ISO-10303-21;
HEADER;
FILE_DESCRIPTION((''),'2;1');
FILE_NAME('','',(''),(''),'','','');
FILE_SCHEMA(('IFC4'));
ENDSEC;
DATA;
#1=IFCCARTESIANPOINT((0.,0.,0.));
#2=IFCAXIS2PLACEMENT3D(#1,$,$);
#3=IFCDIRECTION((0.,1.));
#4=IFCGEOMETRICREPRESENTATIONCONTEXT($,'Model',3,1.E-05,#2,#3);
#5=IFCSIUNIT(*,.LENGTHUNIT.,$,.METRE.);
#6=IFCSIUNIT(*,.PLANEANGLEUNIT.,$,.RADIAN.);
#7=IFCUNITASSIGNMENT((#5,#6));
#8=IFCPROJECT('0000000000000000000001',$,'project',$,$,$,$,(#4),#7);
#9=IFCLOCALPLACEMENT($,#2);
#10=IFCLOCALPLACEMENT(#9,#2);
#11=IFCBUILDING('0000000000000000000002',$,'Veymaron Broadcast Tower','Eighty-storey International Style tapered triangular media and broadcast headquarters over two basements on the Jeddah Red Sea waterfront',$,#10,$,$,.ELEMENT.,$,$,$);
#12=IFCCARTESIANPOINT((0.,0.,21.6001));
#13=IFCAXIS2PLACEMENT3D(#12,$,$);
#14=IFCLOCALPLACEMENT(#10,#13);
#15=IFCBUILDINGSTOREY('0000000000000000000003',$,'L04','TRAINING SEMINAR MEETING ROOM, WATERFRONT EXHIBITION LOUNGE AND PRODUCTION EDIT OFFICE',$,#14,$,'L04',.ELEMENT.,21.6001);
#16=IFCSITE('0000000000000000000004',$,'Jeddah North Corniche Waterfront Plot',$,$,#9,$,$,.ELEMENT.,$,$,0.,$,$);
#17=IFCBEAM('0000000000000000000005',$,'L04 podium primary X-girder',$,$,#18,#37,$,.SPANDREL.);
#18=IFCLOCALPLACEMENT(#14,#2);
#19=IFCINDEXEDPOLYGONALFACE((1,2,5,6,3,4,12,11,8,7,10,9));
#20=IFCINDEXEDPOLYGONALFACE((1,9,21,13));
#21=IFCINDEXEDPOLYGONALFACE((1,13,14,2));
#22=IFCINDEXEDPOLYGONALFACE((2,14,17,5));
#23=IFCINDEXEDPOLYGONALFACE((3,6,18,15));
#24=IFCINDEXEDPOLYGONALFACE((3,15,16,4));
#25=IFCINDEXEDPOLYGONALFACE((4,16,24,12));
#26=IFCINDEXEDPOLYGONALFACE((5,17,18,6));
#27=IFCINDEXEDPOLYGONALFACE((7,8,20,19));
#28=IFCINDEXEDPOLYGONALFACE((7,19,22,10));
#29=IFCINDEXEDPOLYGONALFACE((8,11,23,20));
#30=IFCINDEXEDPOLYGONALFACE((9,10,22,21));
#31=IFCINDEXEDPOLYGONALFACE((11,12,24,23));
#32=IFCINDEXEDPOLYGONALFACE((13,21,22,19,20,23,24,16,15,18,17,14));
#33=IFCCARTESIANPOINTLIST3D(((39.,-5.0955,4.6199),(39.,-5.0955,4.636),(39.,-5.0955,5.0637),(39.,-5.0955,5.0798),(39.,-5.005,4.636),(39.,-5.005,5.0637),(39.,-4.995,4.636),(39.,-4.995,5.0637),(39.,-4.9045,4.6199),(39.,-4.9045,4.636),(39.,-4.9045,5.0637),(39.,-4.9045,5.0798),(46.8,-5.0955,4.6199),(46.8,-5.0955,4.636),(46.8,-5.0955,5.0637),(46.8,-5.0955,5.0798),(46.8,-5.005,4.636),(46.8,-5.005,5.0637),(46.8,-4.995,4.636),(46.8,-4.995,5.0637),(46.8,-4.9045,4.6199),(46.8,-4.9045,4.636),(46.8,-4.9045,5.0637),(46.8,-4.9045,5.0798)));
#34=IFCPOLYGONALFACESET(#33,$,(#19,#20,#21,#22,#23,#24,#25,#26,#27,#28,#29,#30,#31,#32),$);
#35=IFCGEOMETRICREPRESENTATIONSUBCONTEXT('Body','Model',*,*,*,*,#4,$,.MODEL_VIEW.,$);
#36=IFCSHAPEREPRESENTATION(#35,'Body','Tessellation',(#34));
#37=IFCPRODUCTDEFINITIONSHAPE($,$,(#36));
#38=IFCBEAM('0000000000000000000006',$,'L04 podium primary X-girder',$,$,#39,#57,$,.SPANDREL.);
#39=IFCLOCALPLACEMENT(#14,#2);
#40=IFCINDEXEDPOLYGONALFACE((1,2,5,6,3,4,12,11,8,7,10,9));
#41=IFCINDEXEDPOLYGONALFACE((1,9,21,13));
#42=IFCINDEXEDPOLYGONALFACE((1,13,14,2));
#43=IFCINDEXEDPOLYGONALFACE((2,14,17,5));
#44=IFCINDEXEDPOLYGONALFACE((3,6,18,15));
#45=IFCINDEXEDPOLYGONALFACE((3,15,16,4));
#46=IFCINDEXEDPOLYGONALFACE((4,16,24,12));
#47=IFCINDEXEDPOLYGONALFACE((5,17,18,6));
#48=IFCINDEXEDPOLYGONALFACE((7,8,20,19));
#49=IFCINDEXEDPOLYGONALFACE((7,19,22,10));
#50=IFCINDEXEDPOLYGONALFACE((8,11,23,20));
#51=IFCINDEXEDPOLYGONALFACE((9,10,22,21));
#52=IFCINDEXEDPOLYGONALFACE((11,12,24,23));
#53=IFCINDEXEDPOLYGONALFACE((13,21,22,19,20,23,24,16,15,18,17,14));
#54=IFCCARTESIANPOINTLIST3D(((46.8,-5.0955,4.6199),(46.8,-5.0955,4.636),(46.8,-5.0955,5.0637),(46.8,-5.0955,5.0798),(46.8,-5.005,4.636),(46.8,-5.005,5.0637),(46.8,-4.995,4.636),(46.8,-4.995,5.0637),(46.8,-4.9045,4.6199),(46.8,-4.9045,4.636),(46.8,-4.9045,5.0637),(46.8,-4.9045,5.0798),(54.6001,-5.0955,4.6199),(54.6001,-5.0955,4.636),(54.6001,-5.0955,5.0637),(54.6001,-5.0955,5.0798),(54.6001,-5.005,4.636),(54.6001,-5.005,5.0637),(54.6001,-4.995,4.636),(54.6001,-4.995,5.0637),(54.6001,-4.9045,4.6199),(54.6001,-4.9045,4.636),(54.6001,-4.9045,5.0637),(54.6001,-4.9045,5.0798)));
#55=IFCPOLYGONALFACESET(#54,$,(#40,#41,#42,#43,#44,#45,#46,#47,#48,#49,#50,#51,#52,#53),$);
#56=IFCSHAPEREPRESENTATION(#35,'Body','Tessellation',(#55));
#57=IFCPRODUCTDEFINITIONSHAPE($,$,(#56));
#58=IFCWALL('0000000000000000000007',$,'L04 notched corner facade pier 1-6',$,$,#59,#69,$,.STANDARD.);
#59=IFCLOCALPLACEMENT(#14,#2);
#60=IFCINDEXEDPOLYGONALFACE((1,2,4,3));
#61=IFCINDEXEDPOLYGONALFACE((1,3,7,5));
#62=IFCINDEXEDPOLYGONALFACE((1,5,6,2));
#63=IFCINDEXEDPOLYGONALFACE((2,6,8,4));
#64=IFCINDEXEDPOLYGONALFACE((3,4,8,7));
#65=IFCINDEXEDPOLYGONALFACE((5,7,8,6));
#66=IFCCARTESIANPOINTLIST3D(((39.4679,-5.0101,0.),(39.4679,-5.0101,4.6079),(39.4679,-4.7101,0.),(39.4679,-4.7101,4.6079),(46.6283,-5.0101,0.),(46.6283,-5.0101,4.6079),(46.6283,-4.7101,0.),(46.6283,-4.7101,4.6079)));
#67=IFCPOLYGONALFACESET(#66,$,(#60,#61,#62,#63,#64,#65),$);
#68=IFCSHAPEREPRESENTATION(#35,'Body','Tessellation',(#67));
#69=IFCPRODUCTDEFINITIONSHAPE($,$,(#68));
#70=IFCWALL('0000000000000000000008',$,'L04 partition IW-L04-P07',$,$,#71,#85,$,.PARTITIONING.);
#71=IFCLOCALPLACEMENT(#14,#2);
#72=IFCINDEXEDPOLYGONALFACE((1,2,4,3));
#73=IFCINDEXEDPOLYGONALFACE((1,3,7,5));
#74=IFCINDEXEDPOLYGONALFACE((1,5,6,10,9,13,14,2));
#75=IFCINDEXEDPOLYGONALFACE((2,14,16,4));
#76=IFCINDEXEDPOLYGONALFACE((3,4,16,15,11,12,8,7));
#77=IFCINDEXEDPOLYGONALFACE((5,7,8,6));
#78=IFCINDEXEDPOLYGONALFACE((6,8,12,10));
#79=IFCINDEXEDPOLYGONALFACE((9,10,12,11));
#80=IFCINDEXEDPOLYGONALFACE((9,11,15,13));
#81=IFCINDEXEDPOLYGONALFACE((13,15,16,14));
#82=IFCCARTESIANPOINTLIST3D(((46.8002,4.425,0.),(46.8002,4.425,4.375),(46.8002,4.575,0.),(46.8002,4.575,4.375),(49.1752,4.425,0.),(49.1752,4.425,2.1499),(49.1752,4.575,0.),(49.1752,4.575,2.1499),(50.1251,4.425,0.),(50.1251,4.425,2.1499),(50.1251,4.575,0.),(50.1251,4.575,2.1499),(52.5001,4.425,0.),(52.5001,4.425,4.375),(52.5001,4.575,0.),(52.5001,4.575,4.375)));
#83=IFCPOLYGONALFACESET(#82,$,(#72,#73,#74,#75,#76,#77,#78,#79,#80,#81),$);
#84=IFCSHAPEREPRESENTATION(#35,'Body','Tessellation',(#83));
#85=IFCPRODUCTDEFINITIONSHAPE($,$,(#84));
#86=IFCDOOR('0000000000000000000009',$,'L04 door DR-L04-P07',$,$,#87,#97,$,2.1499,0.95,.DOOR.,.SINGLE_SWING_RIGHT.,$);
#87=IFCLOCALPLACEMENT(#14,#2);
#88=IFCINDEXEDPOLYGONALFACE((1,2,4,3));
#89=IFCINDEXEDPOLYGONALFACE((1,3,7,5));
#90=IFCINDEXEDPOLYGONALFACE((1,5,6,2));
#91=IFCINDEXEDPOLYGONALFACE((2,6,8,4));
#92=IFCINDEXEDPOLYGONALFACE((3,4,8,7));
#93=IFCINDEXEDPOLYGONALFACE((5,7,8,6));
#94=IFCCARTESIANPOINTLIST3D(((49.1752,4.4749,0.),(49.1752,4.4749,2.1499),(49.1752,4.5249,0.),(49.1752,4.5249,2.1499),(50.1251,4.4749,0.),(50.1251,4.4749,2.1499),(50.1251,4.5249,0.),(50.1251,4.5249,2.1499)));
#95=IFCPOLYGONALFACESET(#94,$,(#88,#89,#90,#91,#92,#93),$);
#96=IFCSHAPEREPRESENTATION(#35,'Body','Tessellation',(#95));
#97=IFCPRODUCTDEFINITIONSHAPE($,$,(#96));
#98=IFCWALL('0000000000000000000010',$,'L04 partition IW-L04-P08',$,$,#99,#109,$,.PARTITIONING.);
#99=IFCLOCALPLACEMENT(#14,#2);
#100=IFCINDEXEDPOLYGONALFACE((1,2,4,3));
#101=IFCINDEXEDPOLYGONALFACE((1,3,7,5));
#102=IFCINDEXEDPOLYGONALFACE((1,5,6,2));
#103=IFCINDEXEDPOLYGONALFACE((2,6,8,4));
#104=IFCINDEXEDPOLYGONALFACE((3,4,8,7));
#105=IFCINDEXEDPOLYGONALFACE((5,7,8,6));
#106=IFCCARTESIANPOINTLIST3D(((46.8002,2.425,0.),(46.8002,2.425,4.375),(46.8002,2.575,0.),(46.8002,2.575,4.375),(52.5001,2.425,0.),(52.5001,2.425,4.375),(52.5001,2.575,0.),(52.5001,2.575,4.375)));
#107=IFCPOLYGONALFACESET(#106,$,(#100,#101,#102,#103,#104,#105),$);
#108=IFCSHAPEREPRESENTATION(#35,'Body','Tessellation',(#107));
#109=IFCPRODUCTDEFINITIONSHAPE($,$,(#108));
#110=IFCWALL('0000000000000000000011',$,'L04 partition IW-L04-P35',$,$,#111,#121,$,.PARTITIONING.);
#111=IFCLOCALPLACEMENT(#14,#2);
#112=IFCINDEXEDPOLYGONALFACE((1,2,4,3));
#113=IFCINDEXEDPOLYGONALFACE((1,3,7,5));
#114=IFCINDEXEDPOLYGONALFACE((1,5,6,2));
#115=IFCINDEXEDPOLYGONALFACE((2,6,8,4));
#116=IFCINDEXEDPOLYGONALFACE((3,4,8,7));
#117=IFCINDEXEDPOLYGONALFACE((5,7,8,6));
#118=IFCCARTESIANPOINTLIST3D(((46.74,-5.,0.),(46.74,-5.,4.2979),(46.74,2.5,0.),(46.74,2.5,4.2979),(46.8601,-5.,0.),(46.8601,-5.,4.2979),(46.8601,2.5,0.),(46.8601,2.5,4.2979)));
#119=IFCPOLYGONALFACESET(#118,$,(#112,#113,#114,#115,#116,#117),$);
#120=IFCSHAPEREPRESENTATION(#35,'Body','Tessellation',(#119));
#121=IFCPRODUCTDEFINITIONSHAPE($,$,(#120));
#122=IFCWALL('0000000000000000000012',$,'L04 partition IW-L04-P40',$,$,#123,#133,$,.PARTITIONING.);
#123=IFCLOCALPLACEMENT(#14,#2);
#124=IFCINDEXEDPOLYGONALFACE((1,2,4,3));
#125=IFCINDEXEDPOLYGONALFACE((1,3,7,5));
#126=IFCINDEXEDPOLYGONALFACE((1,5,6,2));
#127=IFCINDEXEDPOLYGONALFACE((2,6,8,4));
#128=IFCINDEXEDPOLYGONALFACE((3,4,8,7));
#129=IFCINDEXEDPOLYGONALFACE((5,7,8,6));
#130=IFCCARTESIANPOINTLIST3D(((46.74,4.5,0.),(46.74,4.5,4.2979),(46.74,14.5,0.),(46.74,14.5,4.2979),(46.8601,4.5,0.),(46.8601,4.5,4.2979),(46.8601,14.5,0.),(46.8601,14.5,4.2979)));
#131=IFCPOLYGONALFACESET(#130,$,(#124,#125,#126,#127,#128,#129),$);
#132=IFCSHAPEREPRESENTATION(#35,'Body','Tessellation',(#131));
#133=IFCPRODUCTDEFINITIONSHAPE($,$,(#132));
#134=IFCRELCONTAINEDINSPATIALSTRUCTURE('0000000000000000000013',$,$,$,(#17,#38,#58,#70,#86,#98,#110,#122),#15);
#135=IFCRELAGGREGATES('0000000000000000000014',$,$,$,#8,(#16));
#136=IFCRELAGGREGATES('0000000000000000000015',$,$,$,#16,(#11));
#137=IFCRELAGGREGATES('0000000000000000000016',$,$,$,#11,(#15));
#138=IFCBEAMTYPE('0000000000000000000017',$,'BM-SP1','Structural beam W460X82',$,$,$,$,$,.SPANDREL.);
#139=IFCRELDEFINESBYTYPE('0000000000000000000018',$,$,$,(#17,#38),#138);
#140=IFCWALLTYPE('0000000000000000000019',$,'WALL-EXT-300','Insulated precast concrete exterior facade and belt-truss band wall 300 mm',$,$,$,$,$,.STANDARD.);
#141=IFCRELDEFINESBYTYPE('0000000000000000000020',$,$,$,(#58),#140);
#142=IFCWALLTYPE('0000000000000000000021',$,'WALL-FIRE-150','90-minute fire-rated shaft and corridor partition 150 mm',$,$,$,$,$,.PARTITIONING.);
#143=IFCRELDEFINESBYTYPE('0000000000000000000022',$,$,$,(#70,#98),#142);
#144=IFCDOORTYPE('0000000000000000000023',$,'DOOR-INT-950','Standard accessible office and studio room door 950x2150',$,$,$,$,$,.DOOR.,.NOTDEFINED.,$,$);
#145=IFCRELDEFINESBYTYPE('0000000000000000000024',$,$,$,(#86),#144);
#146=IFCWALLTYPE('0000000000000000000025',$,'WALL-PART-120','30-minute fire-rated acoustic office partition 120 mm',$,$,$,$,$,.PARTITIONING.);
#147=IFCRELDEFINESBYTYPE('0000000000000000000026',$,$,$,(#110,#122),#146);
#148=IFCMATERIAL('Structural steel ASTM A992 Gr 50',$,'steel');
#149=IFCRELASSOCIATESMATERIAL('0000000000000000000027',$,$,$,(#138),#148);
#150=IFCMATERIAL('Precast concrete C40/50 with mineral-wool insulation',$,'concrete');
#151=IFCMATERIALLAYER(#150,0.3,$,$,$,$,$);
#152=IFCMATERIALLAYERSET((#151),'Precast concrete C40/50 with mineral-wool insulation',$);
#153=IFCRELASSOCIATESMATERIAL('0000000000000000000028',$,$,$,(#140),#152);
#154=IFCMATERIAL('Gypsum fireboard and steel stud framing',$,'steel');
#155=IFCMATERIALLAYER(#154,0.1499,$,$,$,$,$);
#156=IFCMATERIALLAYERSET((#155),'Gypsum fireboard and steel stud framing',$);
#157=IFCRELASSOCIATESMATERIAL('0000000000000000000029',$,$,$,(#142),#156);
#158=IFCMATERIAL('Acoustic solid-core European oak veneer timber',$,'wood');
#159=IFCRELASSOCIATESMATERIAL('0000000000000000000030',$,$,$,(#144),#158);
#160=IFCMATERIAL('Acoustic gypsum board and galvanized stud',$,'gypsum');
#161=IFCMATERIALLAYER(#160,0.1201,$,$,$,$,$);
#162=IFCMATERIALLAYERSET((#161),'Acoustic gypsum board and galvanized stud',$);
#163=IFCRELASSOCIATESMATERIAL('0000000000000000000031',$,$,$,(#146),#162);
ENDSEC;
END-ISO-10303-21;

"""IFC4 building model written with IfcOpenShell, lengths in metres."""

from ifc_helpers import new_model, si_unit, direction, frame, frame_2d, origin, origin_2d, place, context, subcontext, project, spatial, rectangle, i_section, extrude, material, layer, layer_set, material_profile, profile_set, type_object, element, fill, save


model = new_model("IFC4")

# Units and contexts
model_context = context("Model", 3, precision=1e-05, world=origin(), true_north=direction((0.0, 1.0)))
body_context = subcontext(model_context, "Body", "Model", "MODEL_VIEW")
ifc_project = project(units=[si_unit("LENGTHUNIT", "METRE"), si_unit("PLANEANGLEUNIT", "RADIAN")], contexts=[model_context])

# Site, building, storey
site_placement = place(None, origin())
site = spatial("IfcSite", under=ifc_project, at=site_placement, Name="Jeddah North Corniche Waterfront Plot", CompositionType="ELEMENT", RefElevation=0.0)
building_placement = place(site_placement, origin())
building = spatial("IfcBuilding", under=site, at=building_placement, Name="Veymaron Broadcast Tower", Description="Eighty-storey International Style tapered triangular media and broadcast headquarters over two basements on the Jeddah Red Sea waterfront", CompositionType="ELEMENT")
storey_placement = place(building_placement, frame((0.0, 0.0, 21.6001)))
storey = spatial("IfcBuildingStorey", under=building, at=storey_placement, Name="L04", Description="TRAINING SEMINAR MEETING ROOM, WATERFRONT EXHIBITION LOUNGE AND PRODUCTION EDIT OFFICE", LongName="L04", CompositionType="ELEMENT", Elevation=21.6001)

# Shared definitions
ifc_material_1 = material(Name="Structural steel ASTM A992 Gr 50", Category="steel")

# Beams
ifc_material_profile_1 = material_profile(ifc_material_1, i_section(OverallWidth=0.1909, OverallDepth=0.46, WebThickness=0.01, FlangeThickness=0.0161, at=origin_2d()), Name="W460X82")
ifc_profile_set_1 = profile_set([ifc_material_profile_1], Name="Structural steel ASTM A992 Gr 50")
beam_type_1 = type_object("IfcBeamType", Name="BM-SP1", Description="Structural beam W460X82", PredefinedType="SPANDREL", material=ifc_profile_set_1)
for number, where, z_axis, x_axis, name in (
    (1, (39.0, -5.0, 4.8499), (1.0, 0.0, 0.0), (0.0, 1.0, 0.0), "L04 podium primary X-girder"),
    (2, (46.8, -5.0, 4.8499), (1.0, 0.0, 0.0), (0.0, 1.0, 0.0), "L04 podium primary X-girder"),
):
    element("IfcBeam", number, at=place(storey_placement, frame(where, z_axis=z_axis, x_axis=x_axis)), inside=storey, type_object=beam_type_1, Name=name, PredefinedType="SPANDREL", context=body_context, shape_type="SweptSolid", body=[
        extrude(i_section(OverallWidth=0.1909, OverallDepth=0.46, WebThickness=0.01, FlangeThickness=0.0161, at=origin_2d()), origin(), (0.0, 0.0, 1.0), 7.8),
    ])

# Wall
ifc_material_2 = material(Name="Precast concrete C40/50 with mineral-wool insulation", Category="concrete")
ifc_layer_1 = layer(ifc_material_2, 0.3)
ifc_layer_set_1 = layer_set([ifc_layer_1], Name="Precast concrete C40/50 with mineral-wool insulation")
wall_type_1 = type_object("IfcWallType", Name="WALL-EXT-300", Description="Insulated precast concrete exterior facade and belt-truss band wall 300 mm", PredefinedType="STANDARD", material=ifc_layer_set_1)
wall_1_placement = place(storey_placement, frame((39.468, -4.8601, 0.0), z_axis=(0.0, 0.0, 1.0), x_axis=(1.0, 0.0, 0.0)))
element("IfcWall", 3, at=wall_1_placement, inside=storey, type_object=wall_type_1, Name="L04 notched corner facade pier 1-6", PredefinedType="STANDARD", context=body_context, shape_type="SweptSolid", body=[
    extrude(rectangle(XDim=7.1604, YDim=0.3, at=frame_2d((3.5801, 0.0))), origin(), (0.0, 0.0, 1.0), 4.6079),
])

# Wall, opening, door
ifc_material_3 = material(Name="Gypsum fireboard and steel stud framing", Category="steel")
ifc_layer_2 = layer(ifc_material_3, 0.1499)
ifc_layer_set_2 = layer_set([ifc_layer_2], Name="Gypsum fireboard and steel stud framing")
wall_type_2 = type_object("IfcWallType", Name="WALL-FIRE-150", Description="90-minute fire-rated shaft and corridor partition 150 mm", PredefinedType="PARTITIONING", material=ifc_layer_set_2)
wall_2_placement = place(storey_placement, frame((46.8, 4.5, 0.0), z_axis=(0.0, 0.0, 1.0), x_axis=(1.0, 0.0, 0.0)))
wall_2 = element("IfcWall", 4, at=wall_2_placement, inside=storey, type_object=wall_type_2, Name="L04 partition IW-L04-P07", PredefinedType="PARTITIONING", context=body_context, shape_type="SweptSolid", body=[
    extrude(rectangle(XDim=5.7, YDim=0.1499, at=frame_2d((2.8501, 0.0))), origin(), (0.0, 0.0, 1.0), 4.375),
])
opening_placement = place(wall_2_placement, frame((2.375, 0.0, 0.0)))
opening = element("IfcOpeningElement", 5, at=opening_placement, cuts=wall_2, PredefinedType="OPENING", context=body_context, shape_type="SweptSolid", body=[
    extrude(rectangle(XDim=0.95, YDim=2.1499, at=frame_2d((0.4751, 1.075))), frame((0.0, 0.085, 0.0), z_axis=(0.0, -1.0, 0.0), x_axis=(1.0, 0.0, 0.0)), (0.0, 0.0, 1.0), 0.1699),
])
ifc_material_4 = material(Name="Acoustic solid-core European oak veneer timber", Category="wood")
door_type = type_object("IfcDoorType", Name="DOOR-INT-950", Description="Standard accessible office and studio room door 950x2150", OperationType="NOTDEFINED", PredefinedType="DOOR", material=ifc_material_4)
door_placement = place(opening_placement, origin())
door = element("IfcDoor", 6, at=door_placement, inside=storey, type_object=door_type, Name="L04 door DR-L04-P07", OperationType="SINGLE_SWING_RIGHT", OverallHeight=2.1499, OverallWidth=0.95, PredefinedType="DOOR", context=body_context, shape_type="SweptSolid", body=[
    extrude(rectangle(XDim=0.95, YDim=2.1499, at=frame_2d((0.4751, 1.075))), frame((0.0, 0.0249, 0.0), z_axis=(0.0, -1.0, 0.0), x_axis=(1.0, 0.0, 0.0)), (0.0, 0.0, 1.0), 0.05),
])
fill(opening, door)

# Walls
wall_3_placement = place(storey_placement, frame((46.8, 2.5, 0.0), z_axis=(0.0, 0.0, 1.0), x_axis=(1.0, 0.0, 0.0)))
element("IfcWall", 7, at=wall_3_placement, inside=storey, type_object=wall_type_2, Name="L04 partition IW-L04-P08", PredefinedType="PARTITIONING", context=body_context, shape_type="SweptSolid", body=[
    extrude(rectangle(XDim=5.7, YDim=0.1499, at=frame_2d((2.8501, 0.0))), origin(), (0.0, 0.0, 1.0), 4.375),
])
ifc_material_5 = material(Name="Acoustic gypsum board and galvanized stud", Category="gypsum")
ifc_layer_3 = layer(ifc_material_5, 0.1201)
ifc_layer_set_3 = layer_set([ifc_layer_3], Name="Acoustic gypsum board and galvanized stud")
wall_type_3 = type_object("IfcWallType", Name="WALL-PART-120", Description="30-minute fire-rated acoustic office partition 120 mm", PredefinedType="PARTITIONING", material=ifc_layer_set_3)
wall_4_placement = place(storey_placement, frame((46.8, -5.0, 0.0), z_axis=(0.0, 0.0, 1.0), x_axis=(0.0, 1.0, 0.0)))
element("IfcWall", 8, at=wall_4_placement, inside=storey, type_object=wall_type_3, Name="L04 partition IW-L04-P35", PredefinedType="PARTITIONING", context=body_context, shape_type="SweptSolid", body=[
    extrude(rectangle(XDim=7.5, YDim=0.1201, at=frame_2d((3.75, 0.0))), origin(), (0.0, 0.0, 1.0), 4.2979),
])
wall_5_placement = place(storey_placement, frame((46.8, 4.5, 0.0), z_axis=(0.0, 0.0, 1.0), x_axis=(0.0, 1.0, 0.0)))
element("IfcWall", 9, at=wall_5_placement, inside=storey, type_object=wall_type_3, Name="L04 partition IW-L04-P40", PredefinedType="PARTITIONING", context=body_context, shape_type="SweptSolid", body=[
    extrude(rectangle(XDim=10.0, YDim=0.1201, at=frame_2d((5.0, 0.0))), origin(), (0.0, 0.0, 1.0), 4.2979),
])

save(model, "model.ifc")
